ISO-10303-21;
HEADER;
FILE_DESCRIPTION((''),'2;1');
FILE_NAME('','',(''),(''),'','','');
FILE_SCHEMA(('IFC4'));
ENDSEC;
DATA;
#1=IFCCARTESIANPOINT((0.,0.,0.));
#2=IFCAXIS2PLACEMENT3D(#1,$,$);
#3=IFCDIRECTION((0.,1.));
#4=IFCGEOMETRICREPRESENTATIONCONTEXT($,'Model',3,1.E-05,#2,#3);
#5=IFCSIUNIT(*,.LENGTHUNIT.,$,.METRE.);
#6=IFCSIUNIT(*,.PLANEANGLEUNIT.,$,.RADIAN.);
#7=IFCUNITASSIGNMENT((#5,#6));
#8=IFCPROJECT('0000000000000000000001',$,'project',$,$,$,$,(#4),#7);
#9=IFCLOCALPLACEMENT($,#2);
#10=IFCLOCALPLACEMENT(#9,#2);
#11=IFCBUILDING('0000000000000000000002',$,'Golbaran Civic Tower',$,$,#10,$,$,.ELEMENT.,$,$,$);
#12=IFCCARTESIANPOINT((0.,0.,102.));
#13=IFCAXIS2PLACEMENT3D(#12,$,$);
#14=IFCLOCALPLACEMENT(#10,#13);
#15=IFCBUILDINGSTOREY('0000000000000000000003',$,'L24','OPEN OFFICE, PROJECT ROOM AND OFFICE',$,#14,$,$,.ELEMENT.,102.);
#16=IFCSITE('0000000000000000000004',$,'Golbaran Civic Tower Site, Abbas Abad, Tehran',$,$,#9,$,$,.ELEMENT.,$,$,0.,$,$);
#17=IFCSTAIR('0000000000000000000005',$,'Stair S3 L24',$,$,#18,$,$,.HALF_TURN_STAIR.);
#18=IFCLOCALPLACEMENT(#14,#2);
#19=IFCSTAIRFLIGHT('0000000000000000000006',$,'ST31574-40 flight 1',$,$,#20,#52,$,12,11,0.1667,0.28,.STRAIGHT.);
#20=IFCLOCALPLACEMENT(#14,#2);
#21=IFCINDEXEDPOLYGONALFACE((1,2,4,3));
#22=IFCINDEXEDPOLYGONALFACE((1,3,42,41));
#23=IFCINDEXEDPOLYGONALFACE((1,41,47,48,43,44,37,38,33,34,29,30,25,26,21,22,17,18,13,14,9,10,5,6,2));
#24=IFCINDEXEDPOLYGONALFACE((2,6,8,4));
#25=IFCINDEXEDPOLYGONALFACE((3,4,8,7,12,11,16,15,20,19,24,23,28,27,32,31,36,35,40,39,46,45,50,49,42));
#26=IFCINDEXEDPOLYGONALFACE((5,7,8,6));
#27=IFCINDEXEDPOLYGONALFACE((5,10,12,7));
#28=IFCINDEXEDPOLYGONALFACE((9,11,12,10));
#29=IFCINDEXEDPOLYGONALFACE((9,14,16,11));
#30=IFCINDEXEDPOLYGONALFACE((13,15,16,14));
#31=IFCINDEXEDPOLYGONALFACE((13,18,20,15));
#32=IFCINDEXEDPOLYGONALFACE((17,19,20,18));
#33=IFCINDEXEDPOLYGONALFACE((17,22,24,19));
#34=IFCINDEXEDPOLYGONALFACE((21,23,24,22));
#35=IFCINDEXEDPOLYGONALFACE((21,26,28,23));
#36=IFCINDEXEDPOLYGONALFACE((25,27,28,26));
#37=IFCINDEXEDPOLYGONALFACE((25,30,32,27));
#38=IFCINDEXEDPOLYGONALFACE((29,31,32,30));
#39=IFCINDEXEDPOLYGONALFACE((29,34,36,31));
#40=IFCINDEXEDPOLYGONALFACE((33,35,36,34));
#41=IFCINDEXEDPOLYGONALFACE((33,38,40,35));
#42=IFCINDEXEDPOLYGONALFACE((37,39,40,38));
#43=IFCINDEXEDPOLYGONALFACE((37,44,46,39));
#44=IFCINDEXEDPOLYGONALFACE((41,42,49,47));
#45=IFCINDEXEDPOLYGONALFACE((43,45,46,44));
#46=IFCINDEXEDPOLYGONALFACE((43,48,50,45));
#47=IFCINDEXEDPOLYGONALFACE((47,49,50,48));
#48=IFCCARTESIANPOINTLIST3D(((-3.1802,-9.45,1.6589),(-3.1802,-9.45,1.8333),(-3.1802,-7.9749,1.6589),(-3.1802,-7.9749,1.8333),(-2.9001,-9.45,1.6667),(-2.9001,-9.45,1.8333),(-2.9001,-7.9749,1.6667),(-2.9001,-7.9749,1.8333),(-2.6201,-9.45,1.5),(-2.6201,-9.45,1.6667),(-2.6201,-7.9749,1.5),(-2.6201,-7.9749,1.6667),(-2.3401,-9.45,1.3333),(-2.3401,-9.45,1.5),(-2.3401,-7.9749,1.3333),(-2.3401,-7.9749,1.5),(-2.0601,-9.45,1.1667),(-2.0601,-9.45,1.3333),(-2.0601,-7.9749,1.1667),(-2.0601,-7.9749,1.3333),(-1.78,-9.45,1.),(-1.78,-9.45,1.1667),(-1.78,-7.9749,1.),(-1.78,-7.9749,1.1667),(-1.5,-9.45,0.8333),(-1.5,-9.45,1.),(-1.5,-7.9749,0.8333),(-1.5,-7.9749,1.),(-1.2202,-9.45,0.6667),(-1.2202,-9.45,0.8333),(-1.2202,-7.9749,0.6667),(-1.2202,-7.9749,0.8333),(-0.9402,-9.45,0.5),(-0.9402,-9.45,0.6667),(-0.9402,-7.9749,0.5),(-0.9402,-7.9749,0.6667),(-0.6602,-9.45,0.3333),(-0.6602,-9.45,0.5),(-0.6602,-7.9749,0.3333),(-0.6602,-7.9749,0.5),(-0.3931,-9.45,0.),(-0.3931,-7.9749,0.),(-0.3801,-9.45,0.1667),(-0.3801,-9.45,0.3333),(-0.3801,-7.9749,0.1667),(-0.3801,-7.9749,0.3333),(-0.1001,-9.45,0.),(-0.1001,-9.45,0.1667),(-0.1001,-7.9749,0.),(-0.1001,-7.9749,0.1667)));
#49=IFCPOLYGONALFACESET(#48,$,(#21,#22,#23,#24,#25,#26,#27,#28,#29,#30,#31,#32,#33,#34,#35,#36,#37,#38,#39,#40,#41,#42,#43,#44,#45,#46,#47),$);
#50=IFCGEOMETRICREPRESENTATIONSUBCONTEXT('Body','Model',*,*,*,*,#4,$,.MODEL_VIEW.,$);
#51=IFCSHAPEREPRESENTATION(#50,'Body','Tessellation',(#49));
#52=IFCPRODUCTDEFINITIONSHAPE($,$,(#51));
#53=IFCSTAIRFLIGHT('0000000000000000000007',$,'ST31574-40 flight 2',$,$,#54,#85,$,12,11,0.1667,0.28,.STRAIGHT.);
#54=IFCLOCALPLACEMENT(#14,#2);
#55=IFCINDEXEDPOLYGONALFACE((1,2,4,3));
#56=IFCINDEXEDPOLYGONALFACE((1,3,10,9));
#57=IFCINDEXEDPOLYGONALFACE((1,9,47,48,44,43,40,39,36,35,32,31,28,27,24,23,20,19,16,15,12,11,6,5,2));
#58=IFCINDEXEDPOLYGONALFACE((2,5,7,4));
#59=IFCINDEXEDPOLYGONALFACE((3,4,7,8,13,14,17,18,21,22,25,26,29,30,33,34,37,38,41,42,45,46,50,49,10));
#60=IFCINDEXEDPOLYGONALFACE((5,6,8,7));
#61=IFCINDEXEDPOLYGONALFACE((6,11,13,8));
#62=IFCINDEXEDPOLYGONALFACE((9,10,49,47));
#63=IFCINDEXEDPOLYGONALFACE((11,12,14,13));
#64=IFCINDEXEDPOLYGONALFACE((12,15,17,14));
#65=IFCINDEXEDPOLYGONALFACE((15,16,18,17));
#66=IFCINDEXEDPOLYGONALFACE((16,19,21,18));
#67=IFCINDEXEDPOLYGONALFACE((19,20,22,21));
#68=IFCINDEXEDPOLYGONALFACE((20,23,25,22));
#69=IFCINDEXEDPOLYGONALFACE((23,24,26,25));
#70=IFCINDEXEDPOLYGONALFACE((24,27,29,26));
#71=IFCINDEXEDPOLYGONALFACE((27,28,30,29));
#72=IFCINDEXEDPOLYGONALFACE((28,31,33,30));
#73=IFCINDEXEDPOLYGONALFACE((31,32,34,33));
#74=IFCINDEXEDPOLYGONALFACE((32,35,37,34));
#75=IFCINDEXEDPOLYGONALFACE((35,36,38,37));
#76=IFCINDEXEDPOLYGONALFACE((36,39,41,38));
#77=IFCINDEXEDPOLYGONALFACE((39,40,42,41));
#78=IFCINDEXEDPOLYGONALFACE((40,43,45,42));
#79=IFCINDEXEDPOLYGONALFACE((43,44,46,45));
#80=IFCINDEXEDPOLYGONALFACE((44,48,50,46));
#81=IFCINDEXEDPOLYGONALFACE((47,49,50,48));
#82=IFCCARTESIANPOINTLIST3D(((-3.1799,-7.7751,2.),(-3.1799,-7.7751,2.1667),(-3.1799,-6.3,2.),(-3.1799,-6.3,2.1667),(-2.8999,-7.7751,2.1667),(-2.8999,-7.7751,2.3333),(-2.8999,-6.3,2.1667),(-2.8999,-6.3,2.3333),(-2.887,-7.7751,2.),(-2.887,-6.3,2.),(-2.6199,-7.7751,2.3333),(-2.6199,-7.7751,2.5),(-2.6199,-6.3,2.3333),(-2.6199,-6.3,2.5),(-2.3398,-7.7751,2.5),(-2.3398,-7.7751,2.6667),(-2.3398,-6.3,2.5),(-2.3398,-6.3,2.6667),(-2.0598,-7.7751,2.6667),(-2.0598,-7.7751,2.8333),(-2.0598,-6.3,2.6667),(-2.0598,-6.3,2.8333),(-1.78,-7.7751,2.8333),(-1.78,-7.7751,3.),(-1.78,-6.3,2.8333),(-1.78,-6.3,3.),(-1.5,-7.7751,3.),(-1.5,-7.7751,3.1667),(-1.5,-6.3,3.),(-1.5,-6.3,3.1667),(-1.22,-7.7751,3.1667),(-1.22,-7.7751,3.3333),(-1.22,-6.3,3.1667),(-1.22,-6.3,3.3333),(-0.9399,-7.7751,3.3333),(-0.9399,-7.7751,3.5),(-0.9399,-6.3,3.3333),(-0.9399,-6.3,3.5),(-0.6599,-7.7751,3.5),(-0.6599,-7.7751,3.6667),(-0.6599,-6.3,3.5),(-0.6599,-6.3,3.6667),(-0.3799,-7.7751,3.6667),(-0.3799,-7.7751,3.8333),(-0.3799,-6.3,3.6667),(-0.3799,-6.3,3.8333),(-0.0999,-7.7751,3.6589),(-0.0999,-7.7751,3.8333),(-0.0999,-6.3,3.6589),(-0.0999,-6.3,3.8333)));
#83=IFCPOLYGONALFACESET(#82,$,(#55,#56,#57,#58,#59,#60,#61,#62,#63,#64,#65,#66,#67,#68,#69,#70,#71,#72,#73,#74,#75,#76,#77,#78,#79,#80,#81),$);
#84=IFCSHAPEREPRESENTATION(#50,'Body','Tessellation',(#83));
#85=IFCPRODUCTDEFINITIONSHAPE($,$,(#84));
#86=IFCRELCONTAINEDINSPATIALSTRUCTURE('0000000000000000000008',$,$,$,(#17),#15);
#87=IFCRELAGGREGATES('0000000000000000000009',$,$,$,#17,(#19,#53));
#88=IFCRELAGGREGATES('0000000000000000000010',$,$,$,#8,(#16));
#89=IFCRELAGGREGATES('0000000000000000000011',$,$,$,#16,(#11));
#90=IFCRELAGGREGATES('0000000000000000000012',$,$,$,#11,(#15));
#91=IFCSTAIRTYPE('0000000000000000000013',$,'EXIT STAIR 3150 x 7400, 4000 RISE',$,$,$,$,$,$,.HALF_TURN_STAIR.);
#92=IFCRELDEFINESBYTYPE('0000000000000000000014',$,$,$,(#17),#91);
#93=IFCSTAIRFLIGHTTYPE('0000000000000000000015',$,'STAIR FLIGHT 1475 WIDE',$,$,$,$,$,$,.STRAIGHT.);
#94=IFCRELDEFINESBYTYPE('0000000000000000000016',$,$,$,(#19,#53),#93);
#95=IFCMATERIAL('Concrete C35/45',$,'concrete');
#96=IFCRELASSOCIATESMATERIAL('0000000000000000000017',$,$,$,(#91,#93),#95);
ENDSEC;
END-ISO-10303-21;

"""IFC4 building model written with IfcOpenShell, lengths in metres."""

from ifc_helpers import new_model, si_unit, direction, frame, origin, place, context, subcontext, project, spatial, polyline, outline, extrude, material, type_object, element, aggregate, save


model = new_model("IFC4")

# Units and contexts
model_context = context("Model", 3, precision=1e-05, world=origin(), true_north=direction((0.0, 1.0)))
body_context = subcontext(model_context, "Body", "Model", "MODEL_VIEW")
ifc_project = project(units=[si_unit("LENGTHUNIT", "METRE"), si_unit("PLANEANGLEUNIT", "RADIAN")], contexts=[model_context])

# Site, building, storey
site_placement = place(None, origin())
site = spatial("IfcSite", under=ifc_project, at=site_placement, Name="Golbaran Civic Tower Site, Abbas Abad, Tehran", CompositionType="ELEMENT", RefElevation=0.0)
building_placement = place(site_placement, origin())
building = spatial("IfcBuilding", under=site, at=building_placement, Name="Golbaran Civic Tower", CompositionType="ELEMENT")
storey_placement = place(building_placement, frame((0.0, 0.0, 102.0)))
storey = spatial("IfcBuildingStorey", under=building, at=storey_placement, Name="L24", Description="OPEN OFFICE, PROJECT ROOM AND OFFICE", CompositionType="ELEMENT", Elevation=102.0)

# Stair, stair flights
ifc_material_1 = material(Name="Concrete C35/45", Category="concrete")
stair_type = type_object("IfcStairType", Name="EXIT STAIR 3150 x 7400, 4000 RISE", PredefinedType="HALF_TURN_STAIR", material=ifc_material_1)
stair_placement = place(storey_placement, origin())
stair = element("IfcStair", 1, at=stair_placement, inside=storey, type_object=stair_type, Name="Stair S3 L24", PredefinedType="HALF_TURN_STAIR")
stair_flight_type = type_object("IfcStairFlightType", Name="STAIR FLIGHT 1475 WIDE", PredefinedType="STRAIGHT", material=ifc_material_1)
stair_flight_1_placement = place(storey_placement, frame((-0.1001, -8.7124, 0.0), z_axis=(0.0, 0.0, 1.0), x_axis=(-1.0, 0.0, 0.0)))
stair_flight_1 = element("IfcStairFlight", 2, at=stair_flight_1_placement, type_object=stair_flight_type, Name="ST31574-40 flight 1", NumberOfRisers=12, NumberOfTreads=11, PredefinedType="STRAIGHT", RiserHeight=0.1667, TreadLength=0.28, context=body_context, shape_type="SweptSolid", body=[
    extrude(outline(polyline([(0.0, 0.0), (0.0, 0.1667), (0.28, 0.1667), (0.28, 0.3333), (0.5601, 0.3333), (0.5601, 0.5), (0.8401, 0.5), (0.8401, 0.6667), (1.1201, 0.6667), (1.1201, 0.8333), (1.3999, 0.8333), (1.3999, 1.0), (1.6799, 1.0), (1.6799, 1.1667), (1.96, 1.1667), (1.96, 1.3333), (2.24, 1.3333), (2.24, 1.5), (2.52, 1.5), (2.52, 1.6667), (2.8, 1.6667), (2.8, 1.8333), (3.0801, 1.8333), (3.0801, 2.0), (3.0801, 1.6589), (0.293, 0.0), (0.0, 0.0)])), frame((0.0, 0.7375, 0.0), z_axis=(0.0, -1.0, 0.0), x_axis=(1.0, 0.0, 0.0)), (0.0, 0.0, 1.0), 1.4751),
])
stair_flight_2_placement = place(storey_placement, frame((-3.1799, -7.0376, 2.0), z_axis=(0.0, 0.0, 1.0), x_axis=(1.0, 0.0, 0.0)))
stair_flight_2 = element("IfcStairFlight", 3, at=stair_flight_2_placement, type_object=stair_flight_type, Name="ST31574-40 flight 2", NumberOfRisers=12, NumberOfTreads=11, PredefinedType="STRAIGHT", RiserHeight=0.1667, TreadLength=0.28, context=body_context, shape_type="SweptSolid", body=[
    extrude(outline(polyline([(0.0, 0.0), (0.0, 0.1667), (0.28, 0.1667), (0.28, 0.3333), (0.5601, 0.3333), (0.5601, 0.5), (0.8401, 0.5), (0.8401, 0.6667), (1.1201, 0.6667), (1.1201, 0.8333), (1.3999, 0.8333), (1.3999, 1.0), (1.6799, 1.0), (1.6799, 1.1667), (1.96, 1.1667), (1.96, 1.3333), (2.24, 1.3333), (2.24, 1.5), (2.52, 1.5), (2.52, 1.6667), (2.8, 1.6667), (2.8, 1.8333), (3.0801, 1.8333), (3.0801, 2.0), (3.0801, 1.6589), (0.293, 0.0), (0.0, 0.0)])), frame((0.0, 0.7375, 0.0), z_axis=(0.0, -1.0, 0.0), x_axis=(1.0, 0.0, 0.0)), (0.0, 0.0, 1.0), 1.4751),
])
aggregate(stair, [stair_flight_1, stair_flight_2])

save(model, "model.ifc")
